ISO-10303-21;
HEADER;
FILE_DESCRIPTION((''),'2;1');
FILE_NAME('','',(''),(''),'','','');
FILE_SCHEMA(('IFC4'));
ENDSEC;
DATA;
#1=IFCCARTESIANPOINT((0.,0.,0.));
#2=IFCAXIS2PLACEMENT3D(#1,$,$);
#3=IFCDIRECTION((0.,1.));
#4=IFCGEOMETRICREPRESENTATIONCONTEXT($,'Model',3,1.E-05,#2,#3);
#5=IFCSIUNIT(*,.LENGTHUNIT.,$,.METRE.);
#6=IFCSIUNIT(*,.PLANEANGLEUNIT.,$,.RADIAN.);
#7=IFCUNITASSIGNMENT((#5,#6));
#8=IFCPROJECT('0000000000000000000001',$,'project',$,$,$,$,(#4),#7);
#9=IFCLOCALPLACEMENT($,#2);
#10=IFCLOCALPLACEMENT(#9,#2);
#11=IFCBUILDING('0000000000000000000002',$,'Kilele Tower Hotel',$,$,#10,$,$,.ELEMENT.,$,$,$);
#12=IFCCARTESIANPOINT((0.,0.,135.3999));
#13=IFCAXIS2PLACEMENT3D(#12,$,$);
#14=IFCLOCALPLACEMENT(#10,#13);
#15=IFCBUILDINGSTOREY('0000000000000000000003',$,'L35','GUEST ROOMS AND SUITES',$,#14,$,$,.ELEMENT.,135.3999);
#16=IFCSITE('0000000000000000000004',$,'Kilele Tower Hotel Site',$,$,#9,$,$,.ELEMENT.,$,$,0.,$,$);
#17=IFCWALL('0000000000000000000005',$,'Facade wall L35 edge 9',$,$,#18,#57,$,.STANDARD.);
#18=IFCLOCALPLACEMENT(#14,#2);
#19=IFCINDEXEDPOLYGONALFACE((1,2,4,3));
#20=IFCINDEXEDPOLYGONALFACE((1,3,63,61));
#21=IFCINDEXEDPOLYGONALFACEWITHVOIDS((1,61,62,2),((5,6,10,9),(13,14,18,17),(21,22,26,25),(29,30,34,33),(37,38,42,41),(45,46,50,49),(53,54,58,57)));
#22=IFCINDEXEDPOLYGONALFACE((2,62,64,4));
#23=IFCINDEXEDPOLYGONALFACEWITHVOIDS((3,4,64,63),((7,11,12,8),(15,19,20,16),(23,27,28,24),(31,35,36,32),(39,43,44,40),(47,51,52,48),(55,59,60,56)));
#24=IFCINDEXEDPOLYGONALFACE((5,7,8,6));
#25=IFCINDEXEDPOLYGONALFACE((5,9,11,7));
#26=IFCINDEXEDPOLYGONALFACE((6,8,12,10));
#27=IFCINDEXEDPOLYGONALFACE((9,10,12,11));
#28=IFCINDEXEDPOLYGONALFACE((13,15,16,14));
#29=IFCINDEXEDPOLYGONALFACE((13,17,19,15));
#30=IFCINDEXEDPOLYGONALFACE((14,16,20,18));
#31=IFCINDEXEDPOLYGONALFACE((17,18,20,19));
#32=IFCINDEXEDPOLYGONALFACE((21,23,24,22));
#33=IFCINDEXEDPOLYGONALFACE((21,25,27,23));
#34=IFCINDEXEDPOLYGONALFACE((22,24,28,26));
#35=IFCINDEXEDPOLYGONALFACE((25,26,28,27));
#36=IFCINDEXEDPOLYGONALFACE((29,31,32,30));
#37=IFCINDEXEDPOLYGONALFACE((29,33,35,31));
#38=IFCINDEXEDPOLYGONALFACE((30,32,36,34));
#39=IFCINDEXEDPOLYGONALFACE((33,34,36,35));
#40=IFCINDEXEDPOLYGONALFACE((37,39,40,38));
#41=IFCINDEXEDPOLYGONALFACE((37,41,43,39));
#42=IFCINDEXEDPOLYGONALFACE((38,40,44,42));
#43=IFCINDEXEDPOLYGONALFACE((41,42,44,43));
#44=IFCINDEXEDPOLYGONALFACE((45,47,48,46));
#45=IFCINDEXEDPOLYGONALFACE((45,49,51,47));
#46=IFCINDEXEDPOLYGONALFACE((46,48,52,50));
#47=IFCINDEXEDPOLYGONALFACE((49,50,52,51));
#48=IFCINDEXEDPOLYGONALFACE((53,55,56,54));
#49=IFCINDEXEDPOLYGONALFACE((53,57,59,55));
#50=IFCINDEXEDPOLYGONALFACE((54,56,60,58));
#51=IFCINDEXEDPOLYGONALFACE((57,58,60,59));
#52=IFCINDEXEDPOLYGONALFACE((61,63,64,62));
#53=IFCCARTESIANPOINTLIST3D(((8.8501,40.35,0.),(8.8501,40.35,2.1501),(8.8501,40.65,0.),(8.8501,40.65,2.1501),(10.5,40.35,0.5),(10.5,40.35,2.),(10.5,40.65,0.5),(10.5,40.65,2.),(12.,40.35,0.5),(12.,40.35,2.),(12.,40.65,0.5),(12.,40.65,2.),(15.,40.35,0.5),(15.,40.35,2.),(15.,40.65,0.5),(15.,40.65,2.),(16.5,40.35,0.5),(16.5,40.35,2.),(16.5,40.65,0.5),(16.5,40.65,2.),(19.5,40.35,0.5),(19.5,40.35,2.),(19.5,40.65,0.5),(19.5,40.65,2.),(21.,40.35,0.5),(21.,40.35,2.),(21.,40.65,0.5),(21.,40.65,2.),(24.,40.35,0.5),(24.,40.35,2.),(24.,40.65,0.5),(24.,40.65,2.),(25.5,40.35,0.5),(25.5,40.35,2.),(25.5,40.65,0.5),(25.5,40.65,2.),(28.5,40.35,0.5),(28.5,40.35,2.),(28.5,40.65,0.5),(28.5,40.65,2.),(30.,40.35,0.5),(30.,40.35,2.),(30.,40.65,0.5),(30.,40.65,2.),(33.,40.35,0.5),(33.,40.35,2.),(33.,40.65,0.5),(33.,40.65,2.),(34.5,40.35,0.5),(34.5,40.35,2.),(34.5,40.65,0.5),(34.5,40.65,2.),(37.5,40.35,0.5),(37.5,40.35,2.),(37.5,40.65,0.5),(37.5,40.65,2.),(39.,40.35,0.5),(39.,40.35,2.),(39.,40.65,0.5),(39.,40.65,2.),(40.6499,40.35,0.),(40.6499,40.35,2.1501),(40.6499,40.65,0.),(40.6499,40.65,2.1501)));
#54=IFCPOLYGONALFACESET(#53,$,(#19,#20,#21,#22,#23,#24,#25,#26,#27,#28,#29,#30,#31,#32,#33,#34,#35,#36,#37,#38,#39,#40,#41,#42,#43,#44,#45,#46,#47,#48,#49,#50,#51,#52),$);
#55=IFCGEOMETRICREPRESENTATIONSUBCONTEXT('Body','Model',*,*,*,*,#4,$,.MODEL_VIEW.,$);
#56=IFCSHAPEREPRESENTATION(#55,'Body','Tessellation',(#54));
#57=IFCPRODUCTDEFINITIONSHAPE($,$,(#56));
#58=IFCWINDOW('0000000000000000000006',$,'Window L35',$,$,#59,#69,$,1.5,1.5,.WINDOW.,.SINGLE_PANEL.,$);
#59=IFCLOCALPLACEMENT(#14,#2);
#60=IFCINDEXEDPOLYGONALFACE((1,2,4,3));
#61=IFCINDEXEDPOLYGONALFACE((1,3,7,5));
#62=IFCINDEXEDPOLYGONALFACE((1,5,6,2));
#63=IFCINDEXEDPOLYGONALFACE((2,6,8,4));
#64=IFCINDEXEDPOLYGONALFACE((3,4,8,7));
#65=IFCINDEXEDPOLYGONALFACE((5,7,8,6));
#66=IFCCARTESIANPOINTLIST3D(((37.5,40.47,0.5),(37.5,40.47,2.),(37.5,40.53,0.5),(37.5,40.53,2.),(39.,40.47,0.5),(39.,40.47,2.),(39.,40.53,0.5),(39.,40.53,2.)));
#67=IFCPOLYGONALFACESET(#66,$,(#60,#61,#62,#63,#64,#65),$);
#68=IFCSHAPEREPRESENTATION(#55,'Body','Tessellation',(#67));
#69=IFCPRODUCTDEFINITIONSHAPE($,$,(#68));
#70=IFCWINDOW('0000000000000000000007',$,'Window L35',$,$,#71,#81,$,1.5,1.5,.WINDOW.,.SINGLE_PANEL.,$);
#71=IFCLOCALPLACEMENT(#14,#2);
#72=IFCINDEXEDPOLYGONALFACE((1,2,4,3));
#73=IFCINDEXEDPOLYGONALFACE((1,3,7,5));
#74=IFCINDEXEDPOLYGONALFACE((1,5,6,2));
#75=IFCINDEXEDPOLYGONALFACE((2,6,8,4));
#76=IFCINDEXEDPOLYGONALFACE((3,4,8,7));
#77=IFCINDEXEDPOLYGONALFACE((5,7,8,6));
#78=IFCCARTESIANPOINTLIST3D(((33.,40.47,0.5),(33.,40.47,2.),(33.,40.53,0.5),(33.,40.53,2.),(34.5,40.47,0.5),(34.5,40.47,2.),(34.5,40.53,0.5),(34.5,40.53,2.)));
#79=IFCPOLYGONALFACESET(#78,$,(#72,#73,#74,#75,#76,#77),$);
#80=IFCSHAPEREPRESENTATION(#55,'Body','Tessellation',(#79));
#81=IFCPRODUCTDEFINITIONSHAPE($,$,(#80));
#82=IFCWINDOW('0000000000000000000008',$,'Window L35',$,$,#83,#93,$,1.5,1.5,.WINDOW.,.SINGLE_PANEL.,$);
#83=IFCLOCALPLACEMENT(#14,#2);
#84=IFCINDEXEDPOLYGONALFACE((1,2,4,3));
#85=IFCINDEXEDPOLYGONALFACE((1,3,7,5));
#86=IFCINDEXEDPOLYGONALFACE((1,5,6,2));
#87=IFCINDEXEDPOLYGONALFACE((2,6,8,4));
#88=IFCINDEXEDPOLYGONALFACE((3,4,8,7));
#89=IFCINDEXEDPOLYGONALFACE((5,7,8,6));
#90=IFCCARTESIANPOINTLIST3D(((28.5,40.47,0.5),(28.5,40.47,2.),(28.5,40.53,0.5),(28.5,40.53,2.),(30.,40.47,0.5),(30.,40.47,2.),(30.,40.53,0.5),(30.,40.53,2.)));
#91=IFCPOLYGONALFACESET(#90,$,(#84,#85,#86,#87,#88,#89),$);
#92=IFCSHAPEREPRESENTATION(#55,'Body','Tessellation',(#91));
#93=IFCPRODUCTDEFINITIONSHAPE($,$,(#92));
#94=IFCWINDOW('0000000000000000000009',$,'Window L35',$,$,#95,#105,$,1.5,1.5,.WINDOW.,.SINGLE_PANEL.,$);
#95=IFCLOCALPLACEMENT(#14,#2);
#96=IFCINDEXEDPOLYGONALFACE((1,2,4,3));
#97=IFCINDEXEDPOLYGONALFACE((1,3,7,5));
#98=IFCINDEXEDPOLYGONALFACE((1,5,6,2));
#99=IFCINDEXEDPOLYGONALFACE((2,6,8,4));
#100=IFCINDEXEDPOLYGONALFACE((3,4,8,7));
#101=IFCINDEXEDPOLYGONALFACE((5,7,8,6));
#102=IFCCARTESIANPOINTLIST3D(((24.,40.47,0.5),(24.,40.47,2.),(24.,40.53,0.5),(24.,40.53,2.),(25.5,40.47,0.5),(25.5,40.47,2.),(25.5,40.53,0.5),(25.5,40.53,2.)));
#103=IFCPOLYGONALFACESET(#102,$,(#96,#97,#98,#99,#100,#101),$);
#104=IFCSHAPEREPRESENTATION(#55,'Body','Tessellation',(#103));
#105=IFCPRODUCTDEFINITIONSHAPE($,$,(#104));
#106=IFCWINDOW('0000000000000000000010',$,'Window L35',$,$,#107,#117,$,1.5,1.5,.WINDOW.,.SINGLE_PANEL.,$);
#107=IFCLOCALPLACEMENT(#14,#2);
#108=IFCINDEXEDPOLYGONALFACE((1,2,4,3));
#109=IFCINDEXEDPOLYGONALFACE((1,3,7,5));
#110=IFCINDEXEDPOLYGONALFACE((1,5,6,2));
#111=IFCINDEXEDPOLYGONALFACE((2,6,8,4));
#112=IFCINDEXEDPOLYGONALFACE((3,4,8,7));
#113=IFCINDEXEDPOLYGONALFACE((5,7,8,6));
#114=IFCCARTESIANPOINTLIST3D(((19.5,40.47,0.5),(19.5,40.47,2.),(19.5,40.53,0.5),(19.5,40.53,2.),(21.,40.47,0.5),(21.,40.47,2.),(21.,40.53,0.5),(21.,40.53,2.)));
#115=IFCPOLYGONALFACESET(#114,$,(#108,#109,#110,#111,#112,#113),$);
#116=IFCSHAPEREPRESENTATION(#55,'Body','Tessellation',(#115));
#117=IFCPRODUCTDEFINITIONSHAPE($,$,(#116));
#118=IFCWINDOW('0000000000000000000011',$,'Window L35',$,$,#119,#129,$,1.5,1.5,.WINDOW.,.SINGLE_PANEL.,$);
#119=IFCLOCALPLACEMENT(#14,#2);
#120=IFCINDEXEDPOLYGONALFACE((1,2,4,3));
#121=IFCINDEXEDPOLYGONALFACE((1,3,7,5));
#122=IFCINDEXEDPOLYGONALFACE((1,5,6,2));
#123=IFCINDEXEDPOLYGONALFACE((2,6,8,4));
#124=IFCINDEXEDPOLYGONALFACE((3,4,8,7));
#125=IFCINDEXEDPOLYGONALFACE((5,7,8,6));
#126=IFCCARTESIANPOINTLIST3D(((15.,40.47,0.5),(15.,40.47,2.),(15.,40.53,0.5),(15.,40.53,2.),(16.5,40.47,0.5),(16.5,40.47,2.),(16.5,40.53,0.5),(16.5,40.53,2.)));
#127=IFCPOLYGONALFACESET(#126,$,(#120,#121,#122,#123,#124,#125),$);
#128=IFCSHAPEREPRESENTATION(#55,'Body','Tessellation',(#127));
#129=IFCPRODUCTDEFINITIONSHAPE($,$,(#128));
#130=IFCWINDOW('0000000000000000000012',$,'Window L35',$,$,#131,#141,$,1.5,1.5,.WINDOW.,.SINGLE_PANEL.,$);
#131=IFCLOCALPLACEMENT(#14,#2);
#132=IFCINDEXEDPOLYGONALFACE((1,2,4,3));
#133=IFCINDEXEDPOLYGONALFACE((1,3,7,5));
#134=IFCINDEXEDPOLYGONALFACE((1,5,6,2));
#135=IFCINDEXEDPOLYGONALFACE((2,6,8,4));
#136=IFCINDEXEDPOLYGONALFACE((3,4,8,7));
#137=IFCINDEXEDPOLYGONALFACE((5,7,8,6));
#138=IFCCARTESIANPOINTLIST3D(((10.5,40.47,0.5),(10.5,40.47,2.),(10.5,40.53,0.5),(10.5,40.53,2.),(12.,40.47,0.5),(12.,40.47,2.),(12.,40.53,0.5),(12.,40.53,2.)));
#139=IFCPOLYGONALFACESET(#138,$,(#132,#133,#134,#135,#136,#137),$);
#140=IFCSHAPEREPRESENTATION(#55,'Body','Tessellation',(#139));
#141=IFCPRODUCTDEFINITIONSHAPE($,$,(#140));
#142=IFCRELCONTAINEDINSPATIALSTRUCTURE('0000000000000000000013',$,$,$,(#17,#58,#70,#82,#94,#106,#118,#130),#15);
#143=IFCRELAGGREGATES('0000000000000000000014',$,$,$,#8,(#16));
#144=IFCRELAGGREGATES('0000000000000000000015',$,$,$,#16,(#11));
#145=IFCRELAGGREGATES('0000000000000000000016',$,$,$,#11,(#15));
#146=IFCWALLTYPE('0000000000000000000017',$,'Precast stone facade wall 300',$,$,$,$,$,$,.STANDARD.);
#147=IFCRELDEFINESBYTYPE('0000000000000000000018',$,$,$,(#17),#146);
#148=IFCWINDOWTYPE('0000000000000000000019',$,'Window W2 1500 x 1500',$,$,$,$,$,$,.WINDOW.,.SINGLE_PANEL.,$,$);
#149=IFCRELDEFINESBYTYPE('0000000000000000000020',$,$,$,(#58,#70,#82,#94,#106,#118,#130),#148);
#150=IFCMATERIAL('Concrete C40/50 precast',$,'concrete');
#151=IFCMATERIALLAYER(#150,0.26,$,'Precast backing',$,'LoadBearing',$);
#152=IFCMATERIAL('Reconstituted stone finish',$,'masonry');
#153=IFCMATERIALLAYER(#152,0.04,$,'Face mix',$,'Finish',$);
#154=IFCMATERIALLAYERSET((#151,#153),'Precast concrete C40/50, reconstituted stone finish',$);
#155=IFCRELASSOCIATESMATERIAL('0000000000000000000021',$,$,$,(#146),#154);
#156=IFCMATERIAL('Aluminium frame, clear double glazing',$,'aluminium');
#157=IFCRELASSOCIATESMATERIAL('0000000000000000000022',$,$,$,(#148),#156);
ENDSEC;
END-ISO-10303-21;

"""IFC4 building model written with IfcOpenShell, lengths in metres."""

from ifc_helpers import new_model, si_unit, direction, frame, frame_2d, origin, place, context, subcontext, project, spatial, rectangle, extrude, material, layer, layer_set, type_object, element, fill, save


model = new_model("IFC4")

# Units and contexts
model_context = context("Model", 3, precision=1e-05, world=origin(), true_north=direction((0.0, 1.0)))
body_context = subcontext(model_context, "Body", "Model", "MODEL_VIEW")
ifc_project = project(units=[si_unit("LENGTHUNIT", "METRE"), si_unit("PLANEANGLEUNIT", "RADIAN")], contexts=[model_context])

# Site, building, storey
site_placement = place(None, origin())
site = spatial("IfcSite", under=ifc_project, at=site_placement, Name="Kilele Tower Hotel Site", CompositionType="ELEMENT", RefElevation=0.0)
building_placement = place(site_placement, origin())
building = spatial("IfcBuilding", under=site, at=building_placement, Name="Kilele Tower Hotel", CompositionType="ELEMENT")
storey_placement = place(building_placement, frame((0.0, 0.0, 135.3999)))
storey = spatial("IfcBuildingStorey", under=building, at=storey_placement, Name="L35", Description="GUEST ROOMS AND SUITES", CompositionType="ELEMENT", Elevation=135.3999)

# Shared definitions
ifc_material_1 = material(Name="Concrete C40/50 precast", Category="concrete")
ifc_layer_1 = layer(ifc_material_1, 0.26, Name="Precast backing", Category="LoadBearing")
ifc_material_2 = material(Name="Reconstituted stone finish", Category="masonry")
ifc_layer_2 = layer(ifc_material_2, 0.04, Name="Face mix", Category="Finish")
ifc_layer_set_1 = layer_set([ifc_layer_1, ifc_layer_2], Name="Precast concrete C40/50, reconstituted stone finish")
wall_type_1 = type_object("IfcWallType", Name="Precast stone facade wall 300", PredefinedType="STANDARD", material=ifc_layer_set_1)
ifc_material_3 = material(Name="Aluminium frame, clear double glazing", Category="aluminium")
window_type_1 = type_object("IfcWindowType", Name="Window W2 1500 x 1500", PartitioningType="SINGLE_PANEL", PredefinedType="WINDOW", material=ifc_material_3)

# Wall, openings, windows
wall_1_placement = place(storey_placement, frame((40.6499, 40.5, 0.0), z_axis=(0.0, 0.0, 1.0), x_axis=(-1.0, 0.0, 0.0)))
wall_1 = element("IfcWall", 1, at=wall_1_placement, inside=storey, type_object=wall_type_1, Name="Facade wall L35 edge 9", PredefinedType="STANDARD", context=body_context, shape_type="SweptSolid", body=[
    extrude(rectangle(XDim=31.7998, YDim=0.3, at=frame_2d((15.8999, 0.0))), origin(), (0.0, 0.0, 1.0), 2.1501),
])
opening_1_placement = place(wall_1_placement, frame((1.6499, 0.0, 0.5)))
opening_1 = element("IfcOpeningElement", 2, at=opening_1_placement, cuts=wall_1, PredefinedType="OPENING", context=body_context, shape_type="SweptSolid", body=[
    extrude(rectangle(XDim=1.5, YDim=1.5, at=frame_2d((0.75, 0.75))), frame((0.0, 0.1599, 0.0), z_axis=(0.0, -1.0, 0.0), x_axis=(1.0, 0.0, 0.0)), (0.0, 0.0, 1.0), 0.3201),
])
opening_2_placement = place(wall_1_placement, frame((6.1499, 0.0, 0.5)))
opening_2 = element("IfcOpeningElement", 3, at=opening_2_placement, cuts=wall_1, PredefinedType="OPENING", context=body_context, shape_type="SweptSolid", body=[
    extrude(rectangle(XDim=1.5, YDim=1.5, at=frame_2d((0.75, 0.75))), frame((0.0, 0.1599, 0.0), z_axis=(0.0, -1.0, 0.0), x_axis=(1.0, 0.0, 0.0)), (0.0, 0.0, 1.0), 0.3201),
])
opening_3_placement = place(wall_1_placement, frame((10.6499, 0.0, 0.5)))
opening_3 = element("IfcOpeningElement", 4, at=opening_3_placement, cuts=wall_1, PredefinedType="OPENING", context=body_context, shape_type="SweptSolid", body=[
    extrude(rectangle(XDim=1.5, YDim=1.5, at=frame_2d((0.75, 0.75))), frame((0.0, 0.1599, 0.0), z_axis=(0.0, -1.0, 0.0), x_axis=(1.0, 0.0, 0.0)), (0.0, 0.0, 1.0), 0.3201),
])
opening_4_placement = place(wall_1_placement, frame((15.1499, 0.0, 0.5)))
opening_4 = element("IfcOpeningElement", 5, at=opening_4_placement, cuts=wall_1, PredefinedType="OPENING", context=body_context, shape_type="SweptSolid", body=[
    extrude(rectangle(XDim=1.5, YDim=1.5, at=frame_2d((0.75, 0.75))), frame((0.0, 0.1599, 0.0), z_axis=(0.0, -1.0, 0.0), x_axis=(1.0, 0.0, 0.0)), (0.0, 0.0, 1.0), 0.3201),
])
opening_5_placement = place(wall_1_placement, frame((19.6499, 0.0, 0.5)))
opening_5 = element("IfcOpeningElement", 6, at=opening_5_placement, cuts=wall_1, PredefinedType="OPENING", context=body_context, shape_type="SweptSolid", body=[
    extrude(rectangle(XDim=1.5, YDim=1.5, at=frame_2d((0.75, 0.75))), frame((0.0, 0.1599, 0.0), z_axis=(0.0, -1.0, 0.0), x_axis=(1.0, 0.0, 0.0)), (0.0, 0.0, 1.0), 0.3201),
])
opening_6_placement = place(wall_1_placement, frame((24.1499, 0.0, 0.5)))
opening_6 = element("IfcOpeningElement", 7, at=opening_6_placement, cuts=wall_1, PredefinedType="OPENING", context=body_context, shape_type="SweptSolid", body=[
    extrude(rectangle(XDim=1.5, YDim=1.5, at=frame_2d((0.75, 0.75))), frame((0.0, 0.1599, 0.0), z_axis=(0.0, -1.0, 0.0), x_axis=(1.0, 0.0, 0.0)), (0.0, 0.0, 1.0), 0.3201),
])
opening_7_placement = place(wall_1_placement, frame((28.6499, 0.0, 0.5)))
opening_7 = element("IfcOpeningElement", 8, at=opening_7_placement, cuts=wall_1, PredefinedType="OPENING", context=body_context, shape_type="SweptSolid", body=[
    extrude(rectangle(XDim=1.5, YDim=1.5, at=frame_2d((0.75, 0.75))), frame((0.0, 0.1599, 0.0), z_axis=(0.0, -1.0, 0.0), x_axis=(1.0, 0.0, 0.0)), (0.0, 0.0, 1.0), 0.3201),
])
window_1_placement = place(opening_1_placement, origin())
window_1 = element("IfcWindow", 9, at=window_1_placement, inside=storey, type_object=window_type_1, Name="Window L35", OverallHeight=1.5, OverallWidth=1.5, PartitioningType="SINGLE_PANEL", PredefinedType="WINDOW", context=body_context, shape_type="SweptSolid", body=[
    extrude(rectangle(XDim=1.5, YDim=1.5, at=frame_2d((0.75, 0.75))), frame((0.0, 0.03, 0.0), z_axis=(0.0, -1.0, 0.0), x_axis=(1.0, 0.0, 0.0)), (0.0, 0.0, 1.0), 0.0601),
])
fill(opening_1, window_1)
window_2_placement = place(opening_2_placement, origin())
window_2 = element("IfcWindow", 10, at=window_2_placement, inside=storey, type_object=window_type_1, Name="Window L35", OverallHeight=1.5, OverallWidth=1.5, PartitioningType="SINGLE_PANEL", PredefinedType="WINDOW", context=body_context, shape_type="SweptSolid", body=[
    extrude(rectangle(XDim=1.5, YDim=1.5, at=frame_2d((0.75, 0.75))), frame((0.0, 0.03, 0.0), z_axis=(0.0, -1.0, 0.0), x_axis=(1.0, 0.0, 0.0)), (0.0, 0.0, 1.0), 0.0601),
])
fill(opening_2, window_2)
window_3_placement = place(opening_3_placement, origin())
window_3 = element("IfcWindow", 11, at=window_3_placement, inside=storey, type_object=window_type_1, Name="Window L35", OverallHeight=1.5, OverallWidth=1.5, PartitioningType="SINGLE_PANEL", PredefinedType="WINDOW", context=body_context, shape_type="SweptSolid", body=[
    extrude(rectangle(XDim=1.5, YDim=1.5, at=frame_2d((0.75, 0.75))), frame((0.0, 0.03, 0.0), z_axis=(0.0, -1.0, 0.0), x_axis=(1.0, 0.0, 0.0)), (0.0, 0.0, 1.0), 0.0601),
])
fill(opening_3, window_3)
window_4_placement = place(opening_4_placement, origin())
window_4 = element("IfcWindow", 12, at=window_4_placement, inside=storey, type_object=window_type_1, Name="Window L35", OverallHeight=1.5, OverallWidth=1.5, PartitioningType="SINGLE_PANEL", PredefinedType="WINDOW", context=body_context, shape_type="SweptSolid", body=[
    extrude(rectangle(XDim=1.5, YDim=1.5, at=frame_2d((0.75, 0.75))), frame((0.0, 0.03, 0.0), z_axis=(0.0, -1.0, 0.0), x_axis=(1.0, 0.0, 0.0)), (0.0, 0.0, 1.0), 0.0601),
])
fill(opening_4, window_4)
window_5_placement = place(opening_5_placement, origin())
window_5 = element("IfcWindow", 13, at=window_5_placement, inside=storey, type_object=window_type_1, Name="Window L35", OverallHeight=1.5, OverallWidth=1.5, PartitioningType="SINGLE_PANEL", PredefinedType="WINDOW", context=body_context, shape_type="SweptSolid", body=[
    extrude(rectangle(XDim=1.5, YDim=1.5, at=frame_2d((0.75, 0.75))), frame((0.0, 0.03, 0.0), z_axis=(0.0, -1.0, 0.0), x_axis=(1.0, 0.0, 0.0)), (0.0, 0.0, 1.0), 0.0601),
])
fill(opening_5, window_5)
window_6_placement = place(opening_6_placement, origin())
window_6 = element("IfcWindow", 14, at=window_6_placement, inside=storey, type_object=window_type_1, Name="Window L35", OverallHeight=1.5, OverallWidth=1.5, PartitioningType="SINGLE_PANEL", PredefinedType="WINDOW", context=body_context, shape_type="SweptSolid", body=[
    extrude(rectangle(XDim=1.5, YDim=1.5, at=frame_2d((0.75, 0.75))), frame((0.0, 0.03, 0.0), z_axis=(0.0, -1.0, 0.0), x_axis=(1.0, 0.0, 0.0)), (0.0, 0.0, 1.0), 0.0601),
])
fill(opening_6, window_6)
window_7_placement = place(opening_7_placement, origin())
window_7 = element("IfcWindow", 15, at=window_7_placement, inside=storey, type_object=window_type_1, Name="Window L35", OverallHeight=1.5, OverallWidth=1.5, PartitioningType="SINGLE_PANEL", PredefinedType="WINDOW", context=body_context, shape_type="SweptSolid", body=[
    extrude(rectangle(XDim=1.5, YDim=1.5, at=frame_2d((0.75, 0.75))), frame((0.0, 0.03, 0.0), z_axis=(0.0, -1.0, 0.0), x_axis=(1.0, 0.0, 0.0)), (0.0, 0.0, 1.0), 0.0601),
])
fill(opening_7, window_7)

save(model, "model.ifc")
